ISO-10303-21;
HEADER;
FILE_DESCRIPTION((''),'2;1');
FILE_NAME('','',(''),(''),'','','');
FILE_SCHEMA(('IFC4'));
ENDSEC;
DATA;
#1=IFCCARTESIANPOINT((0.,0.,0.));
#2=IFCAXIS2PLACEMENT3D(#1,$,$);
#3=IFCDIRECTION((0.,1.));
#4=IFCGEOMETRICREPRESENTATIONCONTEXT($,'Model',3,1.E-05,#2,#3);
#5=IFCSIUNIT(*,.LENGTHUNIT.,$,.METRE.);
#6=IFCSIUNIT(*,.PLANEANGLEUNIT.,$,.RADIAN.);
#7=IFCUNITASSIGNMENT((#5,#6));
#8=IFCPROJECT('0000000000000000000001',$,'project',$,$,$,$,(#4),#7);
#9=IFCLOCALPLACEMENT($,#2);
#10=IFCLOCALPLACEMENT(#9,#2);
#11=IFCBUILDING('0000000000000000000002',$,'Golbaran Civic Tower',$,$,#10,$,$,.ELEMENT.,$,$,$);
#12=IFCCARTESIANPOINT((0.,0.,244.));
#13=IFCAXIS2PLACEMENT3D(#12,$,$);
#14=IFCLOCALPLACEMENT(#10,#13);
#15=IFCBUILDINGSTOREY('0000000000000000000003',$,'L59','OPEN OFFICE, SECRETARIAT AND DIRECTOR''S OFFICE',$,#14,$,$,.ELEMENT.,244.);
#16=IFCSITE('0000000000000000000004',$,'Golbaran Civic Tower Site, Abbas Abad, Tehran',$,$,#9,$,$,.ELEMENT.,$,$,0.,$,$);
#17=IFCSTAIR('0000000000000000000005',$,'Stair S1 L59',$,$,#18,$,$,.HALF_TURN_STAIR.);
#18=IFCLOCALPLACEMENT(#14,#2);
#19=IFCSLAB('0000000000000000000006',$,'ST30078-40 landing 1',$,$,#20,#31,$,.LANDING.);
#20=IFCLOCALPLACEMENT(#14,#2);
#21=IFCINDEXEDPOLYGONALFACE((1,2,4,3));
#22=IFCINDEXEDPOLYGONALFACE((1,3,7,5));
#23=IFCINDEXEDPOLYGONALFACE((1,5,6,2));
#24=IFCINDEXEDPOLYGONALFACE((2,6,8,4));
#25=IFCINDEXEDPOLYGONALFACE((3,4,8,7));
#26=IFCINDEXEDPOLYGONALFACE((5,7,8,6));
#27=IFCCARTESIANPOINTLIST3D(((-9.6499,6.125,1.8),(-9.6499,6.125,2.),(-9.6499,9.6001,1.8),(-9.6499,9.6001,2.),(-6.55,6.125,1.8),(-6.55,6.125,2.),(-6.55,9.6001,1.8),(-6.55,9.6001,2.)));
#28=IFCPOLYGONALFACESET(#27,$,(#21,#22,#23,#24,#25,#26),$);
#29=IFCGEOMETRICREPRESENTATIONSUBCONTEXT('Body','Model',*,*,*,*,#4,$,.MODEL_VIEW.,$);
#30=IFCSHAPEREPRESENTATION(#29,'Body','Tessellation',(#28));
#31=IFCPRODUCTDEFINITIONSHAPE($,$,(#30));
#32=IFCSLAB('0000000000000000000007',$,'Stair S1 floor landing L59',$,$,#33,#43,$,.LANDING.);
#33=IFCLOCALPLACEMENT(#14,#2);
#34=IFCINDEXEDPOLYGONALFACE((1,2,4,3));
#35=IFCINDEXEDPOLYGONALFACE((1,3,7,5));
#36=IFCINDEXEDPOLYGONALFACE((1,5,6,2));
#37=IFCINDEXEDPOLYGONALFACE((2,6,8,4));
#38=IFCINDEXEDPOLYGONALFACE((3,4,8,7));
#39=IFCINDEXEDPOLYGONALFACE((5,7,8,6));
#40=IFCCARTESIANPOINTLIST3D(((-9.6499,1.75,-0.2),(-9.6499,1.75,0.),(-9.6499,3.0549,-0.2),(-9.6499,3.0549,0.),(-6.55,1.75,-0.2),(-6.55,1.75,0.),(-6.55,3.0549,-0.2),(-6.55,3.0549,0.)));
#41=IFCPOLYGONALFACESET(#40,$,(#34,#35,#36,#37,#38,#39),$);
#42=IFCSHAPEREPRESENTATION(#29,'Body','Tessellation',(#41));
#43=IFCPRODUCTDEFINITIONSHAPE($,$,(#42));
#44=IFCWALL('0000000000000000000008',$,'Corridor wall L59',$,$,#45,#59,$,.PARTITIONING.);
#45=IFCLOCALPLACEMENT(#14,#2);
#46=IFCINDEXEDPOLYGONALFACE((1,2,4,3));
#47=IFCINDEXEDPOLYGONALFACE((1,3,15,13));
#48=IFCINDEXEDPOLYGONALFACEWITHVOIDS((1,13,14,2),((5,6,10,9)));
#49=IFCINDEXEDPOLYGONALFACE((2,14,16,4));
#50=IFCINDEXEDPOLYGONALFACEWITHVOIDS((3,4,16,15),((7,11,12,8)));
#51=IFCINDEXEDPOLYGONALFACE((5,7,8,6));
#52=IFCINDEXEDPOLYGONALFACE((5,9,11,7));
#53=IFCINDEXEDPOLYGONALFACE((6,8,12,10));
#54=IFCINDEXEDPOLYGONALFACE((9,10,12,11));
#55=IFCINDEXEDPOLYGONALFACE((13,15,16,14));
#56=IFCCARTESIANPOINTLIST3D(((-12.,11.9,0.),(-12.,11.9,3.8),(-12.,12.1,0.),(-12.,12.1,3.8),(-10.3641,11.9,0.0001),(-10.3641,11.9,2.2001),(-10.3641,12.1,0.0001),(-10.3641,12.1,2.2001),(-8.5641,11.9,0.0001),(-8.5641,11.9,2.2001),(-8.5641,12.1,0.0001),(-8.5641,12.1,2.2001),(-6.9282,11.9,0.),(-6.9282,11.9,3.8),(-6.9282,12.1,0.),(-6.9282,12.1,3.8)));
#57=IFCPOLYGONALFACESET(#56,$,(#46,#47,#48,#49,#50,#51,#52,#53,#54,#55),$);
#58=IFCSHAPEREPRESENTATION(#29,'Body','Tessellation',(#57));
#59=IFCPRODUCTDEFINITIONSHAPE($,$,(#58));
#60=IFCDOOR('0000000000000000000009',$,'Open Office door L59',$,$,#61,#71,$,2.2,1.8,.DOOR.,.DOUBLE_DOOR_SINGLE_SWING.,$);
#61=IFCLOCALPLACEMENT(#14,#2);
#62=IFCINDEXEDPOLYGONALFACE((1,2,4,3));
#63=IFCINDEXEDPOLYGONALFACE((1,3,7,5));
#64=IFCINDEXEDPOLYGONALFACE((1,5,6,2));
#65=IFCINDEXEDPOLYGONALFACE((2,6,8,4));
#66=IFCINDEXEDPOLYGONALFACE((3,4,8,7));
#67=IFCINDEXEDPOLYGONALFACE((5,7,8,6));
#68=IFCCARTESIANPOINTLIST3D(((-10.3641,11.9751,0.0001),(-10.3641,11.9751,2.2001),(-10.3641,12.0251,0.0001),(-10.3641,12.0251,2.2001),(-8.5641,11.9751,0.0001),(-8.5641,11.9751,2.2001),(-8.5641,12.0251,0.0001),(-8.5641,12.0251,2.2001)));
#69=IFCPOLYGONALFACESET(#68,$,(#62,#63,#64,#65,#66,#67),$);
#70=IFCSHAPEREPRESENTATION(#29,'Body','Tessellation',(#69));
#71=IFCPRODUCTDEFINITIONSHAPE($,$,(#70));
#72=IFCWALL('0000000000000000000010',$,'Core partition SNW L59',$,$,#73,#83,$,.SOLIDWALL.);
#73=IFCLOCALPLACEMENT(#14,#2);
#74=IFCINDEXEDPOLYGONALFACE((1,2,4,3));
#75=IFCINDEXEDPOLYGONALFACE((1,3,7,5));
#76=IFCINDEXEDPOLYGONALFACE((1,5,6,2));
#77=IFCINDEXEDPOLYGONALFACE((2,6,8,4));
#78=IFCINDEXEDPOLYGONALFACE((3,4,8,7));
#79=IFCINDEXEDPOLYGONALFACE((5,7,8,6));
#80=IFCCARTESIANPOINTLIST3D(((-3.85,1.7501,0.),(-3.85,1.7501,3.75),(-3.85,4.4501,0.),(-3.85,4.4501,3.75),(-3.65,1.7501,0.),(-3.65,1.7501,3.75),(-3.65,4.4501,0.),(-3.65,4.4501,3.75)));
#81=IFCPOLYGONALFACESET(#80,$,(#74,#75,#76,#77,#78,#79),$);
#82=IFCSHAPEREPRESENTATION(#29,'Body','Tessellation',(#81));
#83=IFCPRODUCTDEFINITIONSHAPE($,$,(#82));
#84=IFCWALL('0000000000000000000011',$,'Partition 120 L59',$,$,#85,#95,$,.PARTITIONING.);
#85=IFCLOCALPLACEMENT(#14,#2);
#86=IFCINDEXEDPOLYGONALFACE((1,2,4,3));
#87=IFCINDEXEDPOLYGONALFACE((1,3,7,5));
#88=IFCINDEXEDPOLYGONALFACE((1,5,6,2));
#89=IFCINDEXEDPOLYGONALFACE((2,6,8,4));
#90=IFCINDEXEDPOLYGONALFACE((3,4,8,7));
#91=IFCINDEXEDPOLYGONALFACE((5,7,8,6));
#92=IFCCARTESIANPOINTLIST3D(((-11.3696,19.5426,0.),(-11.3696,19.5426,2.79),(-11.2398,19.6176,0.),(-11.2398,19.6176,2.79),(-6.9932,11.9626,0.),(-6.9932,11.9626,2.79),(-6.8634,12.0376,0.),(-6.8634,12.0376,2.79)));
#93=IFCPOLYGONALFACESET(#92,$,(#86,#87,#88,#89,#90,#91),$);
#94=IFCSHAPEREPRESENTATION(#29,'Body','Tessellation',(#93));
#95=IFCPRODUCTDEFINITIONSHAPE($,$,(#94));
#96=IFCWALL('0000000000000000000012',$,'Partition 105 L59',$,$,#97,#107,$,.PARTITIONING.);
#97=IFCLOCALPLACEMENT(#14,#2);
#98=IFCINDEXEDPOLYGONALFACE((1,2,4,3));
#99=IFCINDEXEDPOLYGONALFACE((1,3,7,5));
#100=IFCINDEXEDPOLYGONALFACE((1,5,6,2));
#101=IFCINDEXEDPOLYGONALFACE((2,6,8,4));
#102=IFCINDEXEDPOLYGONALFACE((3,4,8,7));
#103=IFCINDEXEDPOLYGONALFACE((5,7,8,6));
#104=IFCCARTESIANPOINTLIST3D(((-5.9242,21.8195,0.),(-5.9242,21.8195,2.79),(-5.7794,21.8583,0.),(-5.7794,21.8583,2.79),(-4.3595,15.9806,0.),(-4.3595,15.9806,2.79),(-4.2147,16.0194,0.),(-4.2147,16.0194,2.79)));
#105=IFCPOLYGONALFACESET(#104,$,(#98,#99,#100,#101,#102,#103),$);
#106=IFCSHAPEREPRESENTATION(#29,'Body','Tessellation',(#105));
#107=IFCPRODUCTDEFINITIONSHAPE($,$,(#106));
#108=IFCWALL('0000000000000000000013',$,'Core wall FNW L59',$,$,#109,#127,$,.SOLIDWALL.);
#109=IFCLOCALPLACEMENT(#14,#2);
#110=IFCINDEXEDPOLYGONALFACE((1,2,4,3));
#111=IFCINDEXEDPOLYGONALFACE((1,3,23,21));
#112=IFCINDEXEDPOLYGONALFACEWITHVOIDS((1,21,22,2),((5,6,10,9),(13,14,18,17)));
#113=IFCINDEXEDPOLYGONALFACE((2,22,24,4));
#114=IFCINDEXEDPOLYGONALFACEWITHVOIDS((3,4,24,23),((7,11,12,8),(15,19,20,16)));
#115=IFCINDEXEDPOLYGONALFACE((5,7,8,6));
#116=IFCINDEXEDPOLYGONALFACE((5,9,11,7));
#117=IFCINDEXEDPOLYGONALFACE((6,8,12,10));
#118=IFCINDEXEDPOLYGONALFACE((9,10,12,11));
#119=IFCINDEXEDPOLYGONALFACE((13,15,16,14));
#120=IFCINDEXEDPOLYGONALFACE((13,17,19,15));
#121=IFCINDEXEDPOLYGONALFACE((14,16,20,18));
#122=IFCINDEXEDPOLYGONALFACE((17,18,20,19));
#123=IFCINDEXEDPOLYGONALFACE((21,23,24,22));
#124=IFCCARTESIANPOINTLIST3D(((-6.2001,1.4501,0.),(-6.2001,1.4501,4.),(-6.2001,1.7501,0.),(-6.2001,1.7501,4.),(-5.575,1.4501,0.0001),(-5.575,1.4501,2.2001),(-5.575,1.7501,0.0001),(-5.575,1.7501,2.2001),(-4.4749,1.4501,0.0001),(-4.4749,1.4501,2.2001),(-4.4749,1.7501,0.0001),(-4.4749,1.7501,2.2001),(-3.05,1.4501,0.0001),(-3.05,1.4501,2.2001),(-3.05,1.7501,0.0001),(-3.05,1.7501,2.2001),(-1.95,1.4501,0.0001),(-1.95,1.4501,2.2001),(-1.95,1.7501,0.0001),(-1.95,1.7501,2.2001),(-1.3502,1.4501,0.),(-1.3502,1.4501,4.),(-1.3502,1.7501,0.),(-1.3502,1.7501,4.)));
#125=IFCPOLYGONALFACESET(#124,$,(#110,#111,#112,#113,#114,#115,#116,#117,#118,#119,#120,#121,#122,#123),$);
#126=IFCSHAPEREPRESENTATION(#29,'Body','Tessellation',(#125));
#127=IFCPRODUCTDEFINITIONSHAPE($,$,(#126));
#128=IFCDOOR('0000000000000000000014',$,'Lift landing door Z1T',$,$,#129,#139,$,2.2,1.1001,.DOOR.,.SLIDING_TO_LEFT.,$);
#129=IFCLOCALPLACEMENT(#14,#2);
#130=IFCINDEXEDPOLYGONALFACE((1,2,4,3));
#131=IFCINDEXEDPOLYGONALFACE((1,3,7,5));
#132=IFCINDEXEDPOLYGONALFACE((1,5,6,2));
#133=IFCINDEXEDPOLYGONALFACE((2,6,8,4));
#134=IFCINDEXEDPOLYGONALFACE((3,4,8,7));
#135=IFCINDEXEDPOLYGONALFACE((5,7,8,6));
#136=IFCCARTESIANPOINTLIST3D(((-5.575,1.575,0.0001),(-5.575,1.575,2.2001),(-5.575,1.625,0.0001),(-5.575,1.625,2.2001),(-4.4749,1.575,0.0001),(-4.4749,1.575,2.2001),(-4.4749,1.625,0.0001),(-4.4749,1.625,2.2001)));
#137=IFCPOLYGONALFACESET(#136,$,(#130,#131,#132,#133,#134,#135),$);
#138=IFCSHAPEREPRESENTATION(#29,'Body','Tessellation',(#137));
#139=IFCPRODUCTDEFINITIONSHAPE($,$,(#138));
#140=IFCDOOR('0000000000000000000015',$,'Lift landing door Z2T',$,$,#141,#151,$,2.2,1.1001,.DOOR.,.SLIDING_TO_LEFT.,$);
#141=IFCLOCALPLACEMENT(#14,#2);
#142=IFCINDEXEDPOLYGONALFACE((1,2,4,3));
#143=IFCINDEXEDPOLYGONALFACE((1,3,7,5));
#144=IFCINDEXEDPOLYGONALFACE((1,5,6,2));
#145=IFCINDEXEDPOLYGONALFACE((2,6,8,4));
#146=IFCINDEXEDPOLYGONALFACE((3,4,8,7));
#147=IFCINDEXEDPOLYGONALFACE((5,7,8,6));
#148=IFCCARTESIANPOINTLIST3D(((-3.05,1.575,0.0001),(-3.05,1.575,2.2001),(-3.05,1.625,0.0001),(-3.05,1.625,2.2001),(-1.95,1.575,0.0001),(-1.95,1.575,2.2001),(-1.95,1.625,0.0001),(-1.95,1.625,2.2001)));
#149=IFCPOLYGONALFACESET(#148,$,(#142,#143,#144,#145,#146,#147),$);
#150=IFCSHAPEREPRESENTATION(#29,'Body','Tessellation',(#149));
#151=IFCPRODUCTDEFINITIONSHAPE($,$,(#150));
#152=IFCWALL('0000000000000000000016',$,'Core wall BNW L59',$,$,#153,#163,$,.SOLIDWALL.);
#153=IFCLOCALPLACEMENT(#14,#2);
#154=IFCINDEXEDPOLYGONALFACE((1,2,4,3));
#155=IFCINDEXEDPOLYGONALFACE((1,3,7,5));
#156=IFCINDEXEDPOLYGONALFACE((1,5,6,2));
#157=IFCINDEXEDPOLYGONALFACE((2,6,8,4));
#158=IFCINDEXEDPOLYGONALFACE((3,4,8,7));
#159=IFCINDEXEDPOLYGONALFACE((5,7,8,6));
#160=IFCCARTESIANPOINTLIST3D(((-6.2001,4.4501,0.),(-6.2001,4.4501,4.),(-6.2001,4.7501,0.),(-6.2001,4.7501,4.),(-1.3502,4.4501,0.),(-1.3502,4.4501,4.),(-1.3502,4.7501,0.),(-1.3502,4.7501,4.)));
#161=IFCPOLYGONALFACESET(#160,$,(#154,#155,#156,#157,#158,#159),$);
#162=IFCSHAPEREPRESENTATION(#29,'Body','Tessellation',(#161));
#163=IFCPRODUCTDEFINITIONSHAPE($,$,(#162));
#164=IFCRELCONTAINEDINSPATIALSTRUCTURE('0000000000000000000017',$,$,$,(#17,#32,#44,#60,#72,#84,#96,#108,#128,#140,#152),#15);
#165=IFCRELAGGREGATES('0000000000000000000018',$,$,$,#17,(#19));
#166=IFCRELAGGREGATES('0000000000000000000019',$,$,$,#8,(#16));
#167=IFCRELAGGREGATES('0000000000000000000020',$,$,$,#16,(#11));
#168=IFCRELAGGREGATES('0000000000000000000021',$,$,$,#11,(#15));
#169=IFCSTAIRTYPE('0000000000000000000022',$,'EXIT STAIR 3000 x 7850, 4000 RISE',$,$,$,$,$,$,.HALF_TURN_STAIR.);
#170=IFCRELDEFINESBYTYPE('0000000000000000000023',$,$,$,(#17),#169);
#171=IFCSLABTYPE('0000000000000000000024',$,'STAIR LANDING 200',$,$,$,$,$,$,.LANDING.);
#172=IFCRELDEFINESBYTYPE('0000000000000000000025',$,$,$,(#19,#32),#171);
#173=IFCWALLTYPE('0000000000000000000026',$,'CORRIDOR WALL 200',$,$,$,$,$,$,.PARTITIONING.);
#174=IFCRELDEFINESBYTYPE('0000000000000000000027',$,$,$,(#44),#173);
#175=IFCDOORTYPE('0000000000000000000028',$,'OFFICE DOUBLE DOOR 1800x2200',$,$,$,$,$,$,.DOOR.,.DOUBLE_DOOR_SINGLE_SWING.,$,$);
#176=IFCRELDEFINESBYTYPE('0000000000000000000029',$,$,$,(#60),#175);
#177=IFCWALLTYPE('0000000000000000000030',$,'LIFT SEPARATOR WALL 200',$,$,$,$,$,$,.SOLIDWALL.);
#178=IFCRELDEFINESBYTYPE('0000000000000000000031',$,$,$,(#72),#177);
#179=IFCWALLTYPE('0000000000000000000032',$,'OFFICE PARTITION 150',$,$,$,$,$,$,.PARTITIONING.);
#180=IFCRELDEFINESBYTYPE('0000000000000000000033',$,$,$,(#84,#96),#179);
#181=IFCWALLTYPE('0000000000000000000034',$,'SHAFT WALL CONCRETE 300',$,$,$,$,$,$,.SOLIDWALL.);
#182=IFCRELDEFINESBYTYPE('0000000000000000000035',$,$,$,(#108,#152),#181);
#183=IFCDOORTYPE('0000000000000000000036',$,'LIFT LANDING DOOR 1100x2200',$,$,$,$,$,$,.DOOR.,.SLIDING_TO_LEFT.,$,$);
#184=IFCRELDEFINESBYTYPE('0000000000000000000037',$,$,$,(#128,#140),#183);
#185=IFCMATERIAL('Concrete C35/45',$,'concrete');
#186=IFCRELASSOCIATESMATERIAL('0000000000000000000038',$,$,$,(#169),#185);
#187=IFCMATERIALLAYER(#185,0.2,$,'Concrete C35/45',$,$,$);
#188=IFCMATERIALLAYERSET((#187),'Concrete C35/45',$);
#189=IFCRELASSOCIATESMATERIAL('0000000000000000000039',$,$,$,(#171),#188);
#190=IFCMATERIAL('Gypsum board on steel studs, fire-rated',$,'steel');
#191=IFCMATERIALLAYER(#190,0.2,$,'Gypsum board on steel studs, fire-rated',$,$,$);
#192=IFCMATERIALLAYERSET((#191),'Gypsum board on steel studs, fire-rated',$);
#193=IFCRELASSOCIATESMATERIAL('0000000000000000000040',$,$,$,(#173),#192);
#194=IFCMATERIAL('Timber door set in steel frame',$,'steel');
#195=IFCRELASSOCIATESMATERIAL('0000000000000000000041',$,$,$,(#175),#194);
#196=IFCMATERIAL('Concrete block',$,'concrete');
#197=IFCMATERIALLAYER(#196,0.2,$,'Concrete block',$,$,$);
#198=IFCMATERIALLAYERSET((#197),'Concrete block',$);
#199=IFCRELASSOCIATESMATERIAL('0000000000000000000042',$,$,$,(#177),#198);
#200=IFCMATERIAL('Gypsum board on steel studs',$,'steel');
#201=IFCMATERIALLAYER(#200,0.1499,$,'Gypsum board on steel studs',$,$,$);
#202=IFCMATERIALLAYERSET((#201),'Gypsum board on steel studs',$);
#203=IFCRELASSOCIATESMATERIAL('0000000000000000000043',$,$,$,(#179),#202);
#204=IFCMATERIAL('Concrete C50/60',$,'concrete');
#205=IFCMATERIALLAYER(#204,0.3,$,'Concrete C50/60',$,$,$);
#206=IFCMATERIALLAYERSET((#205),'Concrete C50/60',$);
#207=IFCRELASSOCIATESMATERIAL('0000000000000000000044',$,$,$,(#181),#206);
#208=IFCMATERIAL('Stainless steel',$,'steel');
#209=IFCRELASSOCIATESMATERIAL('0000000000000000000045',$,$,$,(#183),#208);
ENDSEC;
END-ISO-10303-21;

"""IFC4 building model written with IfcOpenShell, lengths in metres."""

from ifc_helpers import new_model, si_unit, direction, frame, frame_2d, origin, place, context, subcontext, project, spatial, polyline, rectangle, outline, extrude, material, layer, layer_set, type_object, element, fill, aggregate, save


model = new_model("IFC4")

# Units and contexts
model_context = context("Model", 3, precision=1e-05, world=origin(), true_north=direction((0.0, 1.0)))
body_context = subcontext(model_context, "Body", "Model", "MODEL_VIEW")
ifc_project = project(units=[si_unit("LENGTHUNIT", "METRE"), si_unit("PLANEANGLEUNIT", "RADIAN")], contexts=[model_context])

# Site, building, storey
site_placement = place(None, origin())
site = spatial("IfcSite", under=ifc_project, at=site_placement, Name="Golbaran Civic Tower Site, Abbas Abad, Tehran", CompositionType="ELEMENT", RefElevation=0.0)
building_placement = place(site_placement, origin())
building = spatial("IfcBuilding", under=site, at=building_placement, Name="Golbaran Civic Tower", CompositionType="ELEMENT")
storey_placement = place(building_placement, frame((0.0, 0.0, 244.0)))
storey = spatial("IfcBuildingStorey", under=building, at=storey_placement, Name="L59", Description="OPEN OFFICE, SECRETARIAT AND DIRECTOR'S OFFICE", CompositionType="ELEMENT", Elevation=244.0)

# Stair, slab
ifc_material_1 = material(Name="Concrete C35/45", Category="concrete")
stair_type = type_object("IfcStairType", Name="EXIT STAIR 3000 x 7850, 4000 RISE", PredefinedType="HALF_TURN_STAIR", material=ifc_material_1)
stair_placement = place(storey_placement, origin())
stair = element("IfcStair", 1, at=stair_placement, inside=storey, type_object=stair_type, Name="Stair S1 L59", PredefinedType="HALF_TURN_STAIR")
ifc_layer_1 = layer(ifc_material_1, 0.2, Name="Concrete C35/45")
ifc_layer_set_1 = layer_set([ifc_layer_1], Name="Concrete C35/45")
slab_type = type_object("IfcSlabType", Name="STAIR LANDING 200", PredefinedType="LANDING", material=ifc_layer_set_1)
slab_1_placement = place(storey_placement, frame((0.0, 0.0, 1.8)))
slab_1 = element("IfcSlab", 2, at=slab_1_placement, type_object=slab_type, Name="ST30078-40 landing 1", PredefinedType="LANDING", context=body_context, shape_type="SweptSolid", body=[
    extrude(outline(polyline([(-9.6499, 6.125), (-9.6499, 9.6001), (-6.55, 9.6001), (-6.55, 6.125), (-9.6499, 6.125)])), origin(), (0.0, 0.0, 1.0), 0.2),
])

# Slab
slab_2_placement = place(storey_placement, frame((0.0, 0.0, -0.2)))
element("IfcSlab", 3, at=slab_2_placement, inside=storey, type_object=slab_type, Name="Stair S1 floor landing L59", PredefinedType="LANDING", context=body_context, shape_type="SweptSolid", body=[
    extrude(outline(polyline([(-9.6499, 1.75), (-9.6499, 3.0549), (-6.55, 3.0549), (-6.55, 1.75), (-9.6499, 1.75)])), origin(), (0.0, 0.0, 1.0), 0.2),
])

# Wall, opening, door
ifc_material_2 = material(Name="Gypsum board on steel studs, fire-rated", Category="steel")
ifc_layer_2 = layer(ifc_material_2, 0.2, Name="Gypsum board on steel studs, fire-rated")
ifc_layer_set_2 = layer_set([ifc_layer_2], Name="Gypsum board on steel studs, fire-rated")
wall_type_1 = type_object("IfcWallType", Name="CORRIDOR WALL 200", PredefinedType="PARTITIONING", material=ifc_layer_set_2)
wall_1_placement = place(storey_placement, frame((-6.9282, 12.0, 0.0), z_axis=(0.0, 0.0, 1.0), x_axis=(-1.0, 0.0, 0.0)))
wall_1 = element("IfcWall", 4, at=wall_1_placement, inside=storey, type_object=wall_type_1, Name="Corridor wall L59", PredefinedType="PARTITIONING", context=body_context, shape_type="SweptSolid", body=[
    extrude(rectangle(XDim=5.0718, YDim=0.2, at=frame_2d((2.5359, 0.0))), origin(), (0.0, 0.0, 1.0), 3.8),
])
opening_1_placement = place(wall_1_placement, frame((1.636, 0.0, 0.0)))
opening_1 = element("IfcOpeningElement", 5, at=opening_1_placement, cuts=wall_1, PredefinedType="OPENING", context=body_context, shape_type="SweptSolid", body=[
    extrude(rectangle(XDim=1.8, YDim=2.2, at=frame_2d((0.8999, 1.1001))), frame((0.0, 0.1099, 0.0), z_axis=(0.0, -1.0, 0.0), x_axis=(1.0, 0.0, 0.0)), (0.0, 0.0, 1.0), 0.22),
])
ifc_material_3 = material(Name="Timber door set in steel frame", Category="steel")
door_type_1 = type_object("IfcDoorType", Name="OFFICE DOUBLE DOOR 1800x2200", OperationType="DOUBLE_DOOR_SINGLE_SWING", PredefinedType="DOOR", material=ifc_material_3)
door_1_placement = place(opening_1_placement, origin())
door_1 = element("IfcDoor", 6, at=door_1_placement, inside=storey, type_object=door_type_1, Name="Open Office door L59", OperationType="DOUBLE_DOOR_SINGLE_SWING", OverallHeight=2.2, OverallWidth=1.8, PredefinedType="DOOR", context=body_context, shape_type="SweptSolid", body=[
    extrude(rectangle(XDim=1.8, YDim=2.2, at=frame_2d((0.8999, 1.1001))), frame((0.0, 0.0249, 0.0), z_axis=(0.0, -1.0, 0.0), x_axis=(1.0, 0.0, 0.0)), (0.0, 0.0, 1.0), 0.05),
])
fill(opening_1, door_1)

# Walls
ifc_material_4 = material(Name="Concrete block", Category="concrete")
ifc_layer_3 = layer(ifc_material_4, 0.2, Name="Concrete block")
ifc_layer_set_3 = layer_set([ifc_layer_3], Name="Concrete block")
wall_type_2 = type_object("IfcWallType", Name="LIFT SEPARATOR WALL 200", PredefinedType="SOLIDWALL", material=ifc_layer_set_3)
wall_2_placement = place(storey_placement, frame((-3.75, 1.75, 0.0), z_axis=(0.0, 0.0, 1.0), x_axis=(0.0, 1.0, 0.0)))
element("IfcWall", 7, at=wall_2_placement, inside=storey, type_object=wall_type_2, Name="Core partition SNW L59", PredefinedType="SOLIDWALL", context=body_context, shape_type="SweptSolid", body=[
    extrude(rectangle(XDim=2.7, YDim=0.2, at=frame_2d((1.3501, 0.0))), origin(), (0.0, 0.0, 1.0), 3.75),
])
ifc_material_5 = material(Name="Gypsum board on steel studs", Category="steel")
ifc_layer_4 = layer(ifc_material_5, 0.1499, Name="Gypsum board on steel studs")
ifc_layer_set_4 = layer_set([ifc_layer_4], Name="Gypsum board on steel studs")
wall_type_3 = type_object("IfcWallType", Name="OFFICE PARTITION 150", PredefinedType="PARTITIONING", material=ifc_layer_set_4)
wall_3_placement = place(storey_placement, frame((-6.9282, 12.0, 0.0), z_axis=(0.0, 0.0, 1.0), x_axis=(-0.500009, 0.86602, 0.0)))
element("IfcWall", 8, at=wall_3_placement, inside=storey, type_object=wall_type_3, Name="Partition 120 L59", PredefinedType="PARTITIONING", context=body_context, shape_type="SweptSolid", body=[
    extrude(rectangle(XDim=8.7527, YDim=0.1499, at=frame_2d((4.3765, 0.0))), origin(), (0.0, 0.0, 1.0), 2.79),
])
wall_4_placement = place(storey_placement, frame((-4.2871, 16.0, 0.0), z_axis=(0.0, 0.0, 1.0), x_axis=(-0.258846, 0.965918, 0.0)))
element("IfcWall", 9, at=wall_4_placement, inside=storey, type_object=wall_type_3, Name="Partition 105 L59", PredefinedType="PARTITIONING", context=body_context, shape_type="SweptSolid", body=[
    extrude(rectangle(XDim=6.0449, YDim=0.1499, at=frame_2d((3.0225, 0.0))), origin(), (0.0, 0.0, 1.0), 2.79),
])

# Wall, openings, doors
ifc_material_6 = material(Name="Concrete C50/60", Category="concrete")
ifc_layer_5 = layer(ifc_material_6, 0.3, Name="Concrete C50/60")
ifc_layer_set_5 = layer_set([ifc_layer_5], Name="Concrete C50/60")
wall_type_4 = type_object("IfcWallType", Name="SHAFT WALL CONCRETE 300", PredefinedType="SOLIDWALL", material=ifc_layer_set_5)
wall_5_placement = place(storey_placement, frame((-6.2, 1.6001, 0.0), z_axis=(0.0, 0.0, 1.0), x_axis=(1.0, 0.0, 0.0)))
wall_5 = element("IfcWall", 10, at=wall_5_placement, inside=storey, type_object=wall_type_4, Name="Core wall FNW L59", PredefinedType="SOLIDWALL", context=body_context, shape_type="SweptSolid", body=[
    extrude(rectangle(XDim=4.8499, YDim=0.3, at=frame_2d((2.4248, 0.0))), origin(), (0.0, 0.0, 1.0), 4.0),
])
opening_2_placement = place(wall_5_placement, frame((0.625, 0.0, 0.0)))
opening_2 = element("IfcOpeningElement", 11, at=opening_2_placement, cuts=wall_5, PredefinedType="OPENING", context=body_context, shape_type="SweptSolid", body=[
    extrude(rectangle(XDim=1.1001, YDim=2.2, at=frame_2d((0.55, 1.1001))), frame((0.0, 0.1599, 0.0), z_axis=(0.0, -1.0, 0.0), x_axis=(1.0, 0.0, 0.0)), (0.0, 0.0, 1.0), 0.3201),
])
opening_3_placement = place(wall_5_placement, frame((3.1499, 0.0, 0.0)))
opening_3 = element("IfcOpeningElement", 12, at=opening_3_placement, cuts=wall_5, PredefinedType="OPENING", context=body_context, shape_type="SweptSolid", body=[
    extrude(rectangle(XDim=1.1001, YDim=2.2, at=frame_2d((0.55, 1.1001))), frame((0.0, 0.1599, 0.0), z_axis=(0.0, -1.0, 0.0), x_axis=(1.0, 0.0, 0.0)), (0.0, 0.0, 1.0), 0.3201),
])
ifc_material_7 = material(Name="Stainless steel", Category="steel")
door_type_2 = type_object("IfcDoorType", Name="LIFT LANDING DOOR 1100x2200", OperationType="SLIDING_TO_LEFT", PredefinedType="DOOR", material=ifc_material_7)
door_2_placement = place(opening_2_placement, origin())
door_2 = element("IfcDoor", 13, at=door_2_placement, inside=storey, type_object=door_type_2, Name="Lift landing door Z1T", OperationType="SLIDING_TO_LEFT", OverallHeight=2.2, OverallWidth=1.1001, PredefinedType="DOOR", context=body_context, shape_type="SweptSolid", body=[
    extrude(rectangle(XDim=1.1001, YDim=2.2, at=frame_2d((0.55, 1.1001))), frame((0.0, 0.0249, 0.0), z_axis=(0.0, -1.0, 0.0), x_axis=(1.0, 0.0, 0.0)), (0.0, 0.0, 1.0), 0.05),
])
fill(opening_2, door_2)
door_3_placement = place(opening_3_placement, origin())
door_3 = element("IfcDoor", 14, at=door_3_placement, inside=storey, type_object=door_type_2, Name="Lift landing door Z2T", OperationType="SLIDING_TO_LEFT", OverallHeight=2.2, OverallWidth=1.1001, PredefinedType="DOOR", context=body_context, shape_type="SweptSolid", body=[
    extrude(rectangle(XDim=1.1001, YDim=2.2, at=frame_2d((0.55, 1.1001))), frame((0.0, 0.0249, 0.0), z_axis=(0.0, -1.0, 0.0), x_axis=(1.0, 0.0, 0.0)), (0.0, 0.0, 1.0), 0.05),
])
fill(opening_3, door_3)

# Wall
wall_6_placement = place(storey_placement, frame((-6.2, 4.6001, 0.0), z_axis=(0.0, 0.0, 1.0), x_axis=(1.0, 0.0, 0.0)))
element("IfcWall", 15, at=wall_6_placement, inside=storey, type_object=wall_type_4, Name="Core wall BNW L59", PredefinedType="SOLIDWALL", context=body_context, shape_type="SweptSolid", body=[
    extrude(rectangle(XDim=4.8499, YDim=0.3, at=frame_2d((2.4248, 0.0))), origin(), (0.0, 0.0, 1.0), 4.0),
])

aggregate(stair, [slab_1])

save(model, "model.ifc")
